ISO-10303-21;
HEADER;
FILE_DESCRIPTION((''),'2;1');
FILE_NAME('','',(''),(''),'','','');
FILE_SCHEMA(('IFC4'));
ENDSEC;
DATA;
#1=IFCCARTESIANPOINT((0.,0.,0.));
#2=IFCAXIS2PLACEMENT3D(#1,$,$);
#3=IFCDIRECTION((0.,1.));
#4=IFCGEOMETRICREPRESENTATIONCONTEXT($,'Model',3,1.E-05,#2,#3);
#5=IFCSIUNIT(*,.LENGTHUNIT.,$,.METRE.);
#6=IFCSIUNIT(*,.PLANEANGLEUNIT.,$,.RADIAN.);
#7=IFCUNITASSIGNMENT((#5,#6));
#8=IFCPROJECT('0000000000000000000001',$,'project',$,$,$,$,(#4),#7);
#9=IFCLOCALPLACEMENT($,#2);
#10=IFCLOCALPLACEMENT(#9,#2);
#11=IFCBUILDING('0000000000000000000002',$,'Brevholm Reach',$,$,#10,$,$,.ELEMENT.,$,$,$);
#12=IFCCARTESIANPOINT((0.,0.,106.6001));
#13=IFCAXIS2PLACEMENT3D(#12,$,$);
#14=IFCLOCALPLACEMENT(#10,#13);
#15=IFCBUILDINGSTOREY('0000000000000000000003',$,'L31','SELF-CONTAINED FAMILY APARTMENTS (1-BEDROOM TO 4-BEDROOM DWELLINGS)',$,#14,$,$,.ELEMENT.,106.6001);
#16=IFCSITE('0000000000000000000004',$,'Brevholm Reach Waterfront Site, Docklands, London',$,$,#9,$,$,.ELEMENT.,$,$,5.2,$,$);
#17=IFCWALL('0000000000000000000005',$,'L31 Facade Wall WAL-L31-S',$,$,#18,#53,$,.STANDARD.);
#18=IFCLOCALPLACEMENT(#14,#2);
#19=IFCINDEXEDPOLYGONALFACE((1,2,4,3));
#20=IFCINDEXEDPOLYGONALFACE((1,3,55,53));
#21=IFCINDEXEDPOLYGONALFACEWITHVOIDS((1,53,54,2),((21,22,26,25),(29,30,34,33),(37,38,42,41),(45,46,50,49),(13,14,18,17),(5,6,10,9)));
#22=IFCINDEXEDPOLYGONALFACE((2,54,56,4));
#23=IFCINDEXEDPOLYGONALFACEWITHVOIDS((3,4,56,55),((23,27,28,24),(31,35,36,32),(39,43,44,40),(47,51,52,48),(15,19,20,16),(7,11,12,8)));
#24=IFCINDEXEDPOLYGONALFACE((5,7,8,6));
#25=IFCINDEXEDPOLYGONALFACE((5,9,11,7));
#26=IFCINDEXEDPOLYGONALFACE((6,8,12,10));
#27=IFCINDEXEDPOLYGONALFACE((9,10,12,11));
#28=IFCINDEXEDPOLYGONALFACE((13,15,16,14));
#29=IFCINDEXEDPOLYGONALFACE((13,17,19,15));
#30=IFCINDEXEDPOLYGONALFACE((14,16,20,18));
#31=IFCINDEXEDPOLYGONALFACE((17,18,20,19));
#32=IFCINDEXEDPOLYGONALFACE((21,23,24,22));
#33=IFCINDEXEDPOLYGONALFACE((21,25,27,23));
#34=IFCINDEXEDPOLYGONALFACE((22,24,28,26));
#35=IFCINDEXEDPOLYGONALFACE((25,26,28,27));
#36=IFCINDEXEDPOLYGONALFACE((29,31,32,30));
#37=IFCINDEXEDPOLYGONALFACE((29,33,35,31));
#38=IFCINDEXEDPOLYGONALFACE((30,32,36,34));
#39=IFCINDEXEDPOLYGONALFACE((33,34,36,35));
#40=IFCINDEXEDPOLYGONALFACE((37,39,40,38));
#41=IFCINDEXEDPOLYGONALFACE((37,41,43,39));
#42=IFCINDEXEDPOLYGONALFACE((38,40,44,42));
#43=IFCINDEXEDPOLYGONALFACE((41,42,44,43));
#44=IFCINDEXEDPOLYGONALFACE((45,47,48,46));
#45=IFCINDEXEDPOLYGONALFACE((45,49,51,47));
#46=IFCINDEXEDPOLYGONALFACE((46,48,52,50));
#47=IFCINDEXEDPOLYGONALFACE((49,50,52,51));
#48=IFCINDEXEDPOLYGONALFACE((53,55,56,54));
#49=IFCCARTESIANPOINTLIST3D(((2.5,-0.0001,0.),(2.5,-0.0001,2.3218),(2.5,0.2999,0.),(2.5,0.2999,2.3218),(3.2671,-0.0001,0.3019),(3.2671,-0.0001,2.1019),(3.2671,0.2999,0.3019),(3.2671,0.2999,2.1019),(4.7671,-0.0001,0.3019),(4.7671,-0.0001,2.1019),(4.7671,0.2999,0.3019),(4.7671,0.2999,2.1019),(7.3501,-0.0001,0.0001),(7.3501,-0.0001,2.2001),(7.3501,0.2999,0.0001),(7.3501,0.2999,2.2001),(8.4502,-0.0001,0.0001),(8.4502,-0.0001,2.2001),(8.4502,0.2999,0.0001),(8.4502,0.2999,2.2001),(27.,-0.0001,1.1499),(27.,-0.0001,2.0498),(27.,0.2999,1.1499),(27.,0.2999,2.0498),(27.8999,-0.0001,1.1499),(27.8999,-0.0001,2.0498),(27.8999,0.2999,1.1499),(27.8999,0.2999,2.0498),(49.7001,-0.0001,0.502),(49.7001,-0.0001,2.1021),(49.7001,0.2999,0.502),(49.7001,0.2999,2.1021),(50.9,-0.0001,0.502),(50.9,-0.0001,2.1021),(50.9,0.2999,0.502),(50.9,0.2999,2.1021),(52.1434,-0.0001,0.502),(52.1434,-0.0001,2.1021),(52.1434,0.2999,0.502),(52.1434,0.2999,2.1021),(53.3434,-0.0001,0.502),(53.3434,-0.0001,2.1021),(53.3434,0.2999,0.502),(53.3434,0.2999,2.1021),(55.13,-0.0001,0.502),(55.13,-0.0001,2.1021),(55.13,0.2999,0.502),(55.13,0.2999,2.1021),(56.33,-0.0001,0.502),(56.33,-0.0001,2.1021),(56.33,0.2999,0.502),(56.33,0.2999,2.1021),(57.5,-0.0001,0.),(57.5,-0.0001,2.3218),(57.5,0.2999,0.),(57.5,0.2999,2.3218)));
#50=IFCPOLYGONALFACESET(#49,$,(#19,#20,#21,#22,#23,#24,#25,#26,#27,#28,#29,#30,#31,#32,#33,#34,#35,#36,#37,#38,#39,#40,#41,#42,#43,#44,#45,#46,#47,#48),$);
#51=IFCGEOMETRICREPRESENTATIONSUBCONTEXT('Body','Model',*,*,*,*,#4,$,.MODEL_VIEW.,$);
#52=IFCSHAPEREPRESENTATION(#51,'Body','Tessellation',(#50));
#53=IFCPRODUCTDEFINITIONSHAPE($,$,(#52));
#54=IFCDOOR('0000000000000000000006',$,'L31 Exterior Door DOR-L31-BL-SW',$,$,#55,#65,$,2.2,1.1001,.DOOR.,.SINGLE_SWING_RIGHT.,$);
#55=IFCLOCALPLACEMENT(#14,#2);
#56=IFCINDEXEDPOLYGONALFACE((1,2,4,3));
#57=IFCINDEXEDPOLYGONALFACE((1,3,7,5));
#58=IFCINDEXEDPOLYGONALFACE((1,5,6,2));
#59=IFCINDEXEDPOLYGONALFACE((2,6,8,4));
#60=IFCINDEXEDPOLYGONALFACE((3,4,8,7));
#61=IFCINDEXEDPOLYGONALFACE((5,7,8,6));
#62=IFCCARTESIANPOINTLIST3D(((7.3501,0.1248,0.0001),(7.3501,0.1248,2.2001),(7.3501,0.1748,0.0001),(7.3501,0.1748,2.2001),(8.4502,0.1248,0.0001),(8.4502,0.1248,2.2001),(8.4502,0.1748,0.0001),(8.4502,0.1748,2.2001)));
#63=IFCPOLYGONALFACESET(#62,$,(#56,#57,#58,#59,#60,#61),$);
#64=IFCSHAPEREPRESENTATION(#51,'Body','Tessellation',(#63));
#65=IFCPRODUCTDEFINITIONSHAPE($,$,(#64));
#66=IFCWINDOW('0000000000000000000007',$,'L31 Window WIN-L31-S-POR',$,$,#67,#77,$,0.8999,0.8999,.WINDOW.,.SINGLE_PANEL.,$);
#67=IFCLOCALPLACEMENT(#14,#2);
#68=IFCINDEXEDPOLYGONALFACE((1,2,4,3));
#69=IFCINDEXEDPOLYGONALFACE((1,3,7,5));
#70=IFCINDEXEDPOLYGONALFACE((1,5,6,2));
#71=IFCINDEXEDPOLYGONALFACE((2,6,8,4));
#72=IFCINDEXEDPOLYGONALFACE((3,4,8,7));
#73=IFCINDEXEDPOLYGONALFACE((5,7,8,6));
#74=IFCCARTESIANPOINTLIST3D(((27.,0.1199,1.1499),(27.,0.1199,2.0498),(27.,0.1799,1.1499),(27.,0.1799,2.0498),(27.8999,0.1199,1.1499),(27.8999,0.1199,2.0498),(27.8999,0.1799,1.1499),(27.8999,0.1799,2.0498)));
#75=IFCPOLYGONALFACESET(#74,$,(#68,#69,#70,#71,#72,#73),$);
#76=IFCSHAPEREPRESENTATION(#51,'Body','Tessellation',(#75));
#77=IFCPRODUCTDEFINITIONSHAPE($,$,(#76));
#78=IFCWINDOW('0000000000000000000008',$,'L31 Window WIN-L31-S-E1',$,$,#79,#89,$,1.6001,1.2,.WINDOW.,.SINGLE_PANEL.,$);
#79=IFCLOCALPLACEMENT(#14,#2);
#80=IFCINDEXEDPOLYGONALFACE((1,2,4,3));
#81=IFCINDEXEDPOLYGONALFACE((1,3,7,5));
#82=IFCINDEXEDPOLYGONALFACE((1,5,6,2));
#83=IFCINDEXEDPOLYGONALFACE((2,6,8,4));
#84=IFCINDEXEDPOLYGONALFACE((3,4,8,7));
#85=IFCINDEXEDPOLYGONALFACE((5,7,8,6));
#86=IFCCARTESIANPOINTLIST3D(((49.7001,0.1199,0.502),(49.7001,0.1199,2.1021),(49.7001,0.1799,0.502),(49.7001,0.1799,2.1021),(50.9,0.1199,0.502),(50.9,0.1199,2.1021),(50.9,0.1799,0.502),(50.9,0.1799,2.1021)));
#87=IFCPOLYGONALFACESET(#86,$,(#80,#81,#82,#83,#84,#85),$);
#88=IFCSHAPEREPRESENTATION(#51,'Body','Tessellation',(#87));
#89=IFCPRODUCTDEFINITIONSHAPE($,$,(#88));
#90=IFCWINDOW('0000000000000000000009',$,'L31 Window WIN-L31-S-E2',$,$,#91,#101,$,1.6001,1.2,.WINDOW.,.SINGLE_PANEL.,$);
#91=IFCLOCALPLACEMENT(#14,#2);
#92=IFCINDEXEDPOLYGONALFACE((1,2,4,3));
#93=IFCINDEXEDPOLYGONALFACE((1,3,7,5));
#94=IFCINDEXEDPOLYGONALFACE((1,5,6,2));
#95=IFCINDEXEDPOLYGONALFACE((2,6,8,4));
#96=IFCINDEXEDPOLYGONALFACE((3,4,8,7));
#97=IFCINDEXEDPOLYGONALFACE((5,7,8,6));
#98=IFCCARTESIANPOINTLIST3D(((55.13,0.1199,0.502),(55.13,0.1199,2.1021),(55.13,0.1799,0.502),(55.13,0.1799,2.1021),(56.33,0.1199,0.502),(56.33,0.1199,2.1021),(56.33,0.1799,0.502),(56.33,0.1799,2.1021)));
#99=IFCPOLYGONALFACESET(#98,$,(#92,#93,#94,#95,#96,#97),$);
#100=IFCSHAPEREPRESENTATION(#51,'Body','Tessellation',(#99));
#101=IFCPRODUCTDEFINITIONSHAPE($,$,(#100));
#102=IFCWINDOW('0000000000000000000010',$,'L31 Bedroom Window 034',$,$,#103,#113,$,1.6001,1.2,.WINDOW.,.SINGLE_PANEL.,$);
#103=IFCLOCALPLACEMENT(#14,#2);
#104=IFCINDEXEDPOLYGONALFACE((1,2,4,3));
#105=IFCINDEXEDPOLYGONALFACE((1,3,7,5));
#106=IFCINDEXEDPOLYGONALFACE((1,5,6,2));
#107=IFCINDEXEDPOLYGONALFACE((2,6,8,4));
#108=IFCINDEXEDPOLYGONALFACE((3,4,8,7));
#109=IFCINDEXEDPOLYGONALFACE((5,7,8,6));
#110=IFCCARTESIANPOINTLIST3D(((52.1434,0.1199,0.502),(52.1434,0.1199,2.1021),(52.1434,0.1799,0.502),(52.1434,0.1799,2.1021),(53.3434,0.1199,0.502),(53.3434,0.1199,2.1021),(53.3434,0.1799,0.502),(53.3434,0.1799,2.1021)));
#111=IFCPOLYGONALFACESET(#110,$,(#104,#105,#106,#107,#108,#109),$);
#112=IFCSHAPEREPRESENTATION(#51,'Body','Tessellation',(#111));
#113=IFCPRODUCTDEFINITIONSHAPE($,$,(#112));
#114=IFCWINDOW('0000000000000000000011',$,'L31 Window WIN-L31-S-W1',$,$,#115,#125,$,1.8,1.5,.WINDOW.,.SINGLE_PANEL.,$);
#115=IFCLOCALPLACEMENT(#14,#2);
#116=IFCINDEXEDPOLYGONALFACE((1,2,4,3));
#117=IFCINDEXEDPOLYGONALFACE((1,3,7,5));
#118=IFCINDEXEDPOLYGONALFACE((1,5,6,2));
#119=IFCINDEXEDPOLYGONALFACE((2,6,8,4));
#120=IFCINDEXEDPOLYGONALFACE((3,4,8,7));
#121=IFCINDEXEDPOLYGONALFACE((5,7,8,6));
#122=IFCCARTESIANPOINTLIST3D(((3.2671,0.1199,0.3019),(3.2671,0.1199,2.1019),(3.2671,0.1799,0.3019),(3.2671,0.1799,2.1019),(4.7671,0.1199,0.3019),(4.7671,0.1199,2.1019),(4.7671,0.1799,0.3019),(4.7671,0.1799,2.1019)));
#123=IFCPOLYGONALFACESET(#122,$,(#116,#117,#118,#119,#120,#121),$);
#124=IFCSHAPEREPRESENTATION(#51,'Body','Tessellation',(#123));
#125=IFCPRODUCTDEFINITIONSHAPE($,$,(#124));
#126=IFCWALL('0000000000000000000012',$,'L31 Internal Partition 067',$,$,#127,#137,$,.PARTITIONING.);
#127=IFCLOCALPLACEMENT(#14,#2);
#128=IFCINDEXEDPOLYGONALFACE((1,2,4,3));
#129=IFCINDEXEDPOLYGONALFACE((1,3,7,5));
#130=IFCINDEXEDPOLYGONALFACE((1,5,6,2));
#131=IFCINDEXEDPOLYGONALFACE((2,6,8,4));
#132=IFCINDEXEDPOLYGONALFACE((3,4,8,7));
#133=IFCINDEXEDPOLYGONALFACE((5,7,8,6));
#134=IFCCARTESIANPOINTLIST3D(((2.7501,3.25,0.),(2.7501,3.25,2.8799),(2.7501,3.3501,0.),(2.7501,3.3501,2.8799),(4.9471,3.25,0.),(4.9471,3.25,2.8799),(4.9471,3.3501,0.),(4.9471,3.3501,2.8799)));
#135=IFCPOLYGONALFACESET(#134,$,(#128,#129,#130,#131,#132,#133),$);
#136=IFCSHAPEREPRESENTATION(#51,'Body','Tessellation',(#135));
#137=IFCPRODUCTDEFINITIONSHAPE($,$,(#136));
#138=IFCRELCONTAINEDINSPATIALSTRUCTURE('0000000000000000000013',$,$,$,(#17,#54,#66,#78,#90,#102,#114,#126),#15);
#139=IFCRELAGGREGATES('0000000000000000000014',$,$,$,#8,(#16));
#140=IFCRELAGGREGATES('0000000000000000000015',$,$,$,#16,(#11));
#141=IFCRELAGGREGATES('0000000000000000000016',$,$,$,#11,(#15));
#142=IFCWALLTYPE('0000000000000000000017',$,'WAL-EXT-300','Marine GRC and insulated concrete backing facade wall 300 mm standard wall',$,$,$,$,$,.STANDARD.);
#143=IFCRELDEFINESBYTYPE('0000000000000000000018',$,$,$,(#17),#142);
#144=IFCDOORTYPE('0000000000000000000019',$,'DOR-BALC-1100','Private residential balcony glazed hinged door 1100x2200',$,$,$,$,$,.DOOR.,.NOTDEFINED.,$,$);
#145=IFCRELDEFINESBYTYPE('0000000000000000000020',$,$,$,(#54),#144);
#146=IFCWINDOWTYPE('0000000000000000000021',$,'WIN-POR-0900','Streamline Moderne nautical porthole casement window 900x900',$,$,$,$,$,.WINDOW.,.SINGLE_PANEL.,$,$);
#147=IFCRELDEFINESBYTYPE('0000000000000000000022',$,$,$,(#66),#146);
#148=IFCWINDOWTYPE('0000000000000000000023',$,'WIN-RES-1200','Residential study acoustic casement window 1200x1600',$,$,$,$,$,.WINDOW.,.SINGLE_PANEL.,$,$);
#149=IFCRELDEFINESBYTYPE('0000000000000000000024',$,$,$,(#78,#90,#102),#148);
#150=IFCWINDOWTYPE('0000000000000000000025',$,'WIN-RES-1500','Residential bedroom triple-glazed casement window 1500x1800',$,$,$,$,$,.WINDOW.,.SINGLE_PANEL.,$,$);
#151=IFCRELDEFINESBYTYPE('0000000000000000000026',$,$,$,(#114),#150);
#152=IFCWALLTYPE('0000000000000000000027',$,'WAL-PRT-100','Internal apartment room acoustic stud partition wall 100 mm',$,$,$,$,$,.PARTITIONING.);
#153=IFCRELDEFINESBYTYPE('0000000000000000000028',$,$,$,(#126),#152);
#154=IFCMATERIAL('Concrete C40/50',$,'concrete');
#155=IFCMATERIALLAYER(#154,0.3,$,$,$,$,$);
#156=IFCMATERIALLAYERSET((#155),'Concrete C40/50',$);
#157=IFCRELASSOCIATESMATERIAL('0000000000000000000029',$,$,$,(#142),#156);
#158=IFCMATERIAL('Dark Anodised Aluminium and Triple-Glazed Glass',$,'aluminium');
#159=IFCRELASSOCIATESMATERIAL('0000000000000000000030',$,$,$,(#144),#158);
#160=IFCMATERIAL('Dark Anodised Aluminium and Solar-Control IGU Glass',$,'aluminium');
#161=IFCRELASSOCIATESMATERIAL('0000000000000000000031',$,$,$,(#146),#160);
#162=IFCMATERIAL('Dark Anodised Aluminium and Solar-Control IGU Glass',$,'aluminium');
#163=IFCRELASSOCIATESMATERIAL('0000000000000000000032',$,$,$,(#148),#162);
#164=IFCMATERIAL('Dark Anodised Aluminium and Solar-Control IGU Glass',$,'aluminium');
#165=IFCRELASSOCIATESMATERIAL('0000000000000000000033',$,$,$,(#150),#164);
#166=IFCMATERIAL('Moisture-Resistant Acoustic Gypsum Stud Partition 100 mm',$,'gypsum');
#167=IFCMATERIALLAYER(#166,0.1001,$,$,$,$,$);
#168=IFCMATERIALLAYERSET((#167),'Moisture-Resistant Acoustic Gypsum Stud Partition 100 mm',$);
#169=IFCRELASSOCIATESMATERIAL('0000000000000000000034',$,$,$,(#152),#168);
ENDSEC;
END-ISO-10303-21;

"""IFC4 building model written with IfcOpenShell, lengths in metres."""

from ifc_helpers import new_model, si_unit, direction, frame, frame_2d, origin, place, context, subcontext, project, spatial, rectangle, extrude, material, layer, layer_set, type_object, element, fill, save


model = new_model("IFC4")

# Units and contexts
model_context = context("Model", 3, precision=1e-05, world=origin(), true_north=direction((0.0, 1.0)))
body_context = subcontext(model_context, "Body", "Model", "MODEL_VIEW")
ifc_project = project(units=[si_unit("LENGTHUNIT", "METRE"), si_unit("PLANEANGLEUNIT", "RADIAN")], contexts=[model_context])

# Site, building, storey
site_placement = place(None, origin())
site = spatial("IfcSite", under=ifc_project, at=site_placement, Name="Brevholm Reach Waterfront Site, Docklands, London", CompositionType="ELEMENT", RefElevation=5.2)
building_placement = place(site_placement, origin())
building = spatial("IfcBuilding", under=site, at=building_placement, Name="Brevholm Reach", CompositionType="ELEMENT")
storey_placement = place(building_placement, frame((0.0, 0.0, 106.6001)))
storey = spatial("IfcBuildingStorey", under=building, at=storey_placement, Name="L31", Description="SELF-CONTAINED FAMILY APARTMENTS (1-BEDROOM TO 4-BEDROOM DWELLINGS)", CompositionType="ELEMENT", Elevation=106.6001)

# Shared definitions
ifc_material_1 = material(Name="Concrete C40/50", Category="concrete")
ifc_layer_1 = layer(ifc_material_1, 0.3)
ifc_layer_set_1 = layer_set([ifc_layer_1], Name="Concrete C40/50")
wall_type_1 = type_object("IfcWallType", Name="WAL-EXT-300", Description="Marine GRC and insulated concrete backing facade wall 300 mm standard wall", PredefinedType="STANDARD", material=ifc_layer_set_1)

# Wall, openings, door, windows
wall_1_placement = place(storey_placement, frame((2.5, 0.1499, 0.0), z_axis=(0.0, 0.0, 1.0), x_axis=(1.0, 0.0, 0.0)))
wall_1 = element("IfcWall", 1, at=wall_1_placement, inside=storey, type_object=wall_type_1, Name="L31 Facade Wall WAL-L31-S", PredefinedType="STANDARD", context=body_context, shape_type="SweptSolid", body=[
    extrude(rectangle(XDim=55.0, YDim=0.3, at=frame_2d((27.5, 0.0))), origin(), (0.0, 0.0, 1.0), 2.3218),
])
opening_1_placement = place(wall_1_placement, frame((4.8501, 0.0, 0.0)))
opening_1 = element("IfcOpeningElement", 2, at=opening_1_placement, cuts=wall_1, PredefinedType="OPENING", context=body_context, shape_type="SweptSolid", body=[
    extrude(rectangle(XDim=1.1001, YDim=2.2, at=frame_2d((0.55, 1.1001))), frame((0.0, 0.1599, 0.0), z_axis=(0.0, -1.0, 0.0), x_axis=(1.0, 0.0, 0.0)), (0.0, 0.0, 1.0), 0.3201),
])
opening_2_placement = place(wall_1_placement, frame((0.7671, 0.0, 0.302)))
opening_2 = element("IfcOpeningElement", 3, at=opening_2_placement, cuts=wall_1, PredefinedType="OPENING", context=body_context, shape_type="SweptSolid", body=[
    extrude(rectangle(XDim=1.5, YDim=1.8, at=frame_2d((0.75, 0.8999))), frame((0.0, 0.1599, 0.0), z_axis=(0.0, -1.0, 0.0), x_axis=(1.0, 0.0, 0.0)), (0.0, 0.0, 1.0), 0.3201),
])
opening_3_placement = place(wall_1_placement, frame((24.5, 0.0, 1.1499)))
opening_3 = element("IfcOpeningElement", 4, at=opening_3_placement, cuts=wall_1, PredefinedType="OPENING", context=body_context, shape_type="SweptSolid", body=[
    extrude(rectangle(XDim=0.8999, YDim=0.8999, at=frame_2d((0.45, 0.45))), frame((0.0, 0.1599, 0.0), z_axis=(0.0, -1.0, 0.0), x_axis=(1.0, 0.0, 0.0)), (0.0, 0.0, 1.0), 0.3201),
])
opening_4_placement = place(wall_1_placement, frame((47.2, 0.0, 0.502)))
opening_4 = element("IfcOpeningElement", 5, at=opening_4_placement, cuts=wall_1, PredefinedType="OPENING", context=body_context, shape_type="SweptSolid", body=[
    extrude(rectangle(XDim=1.2, YDim=1.6001, at=frame_2d((0.6001, 0.8))), frame((0.0, 0.1599, 0.0), z_axis=(0.0, -1.0, 0.0), x_axis=(1.0, 0.0, 0.0)), (0.0, 0.0, 1.0), 0.3201),
])
opening_5_placement = place(wall_1_placement, frame((52.6299, 0.0, 0.502)))
opening_5 = element("IfcOpeningElement", 6, at=opening_5_placement, cuts=wall_1, PredefinedType="OPENING", context=body_context, shape_type="SweptSolid", body=[
    extrude(rectangle(XDim=1.2, YDim=1.6001, at=frame_2d((0.6001, 0.8))), frame((0.0, 0.1599, 0.0), z_axis=(0.0, -1.0, 0.0), x_axis=(1.0, 0.0, 0.0)), (0.0, 0.0, 1.0), 0.3201),
])
opening_6_placement = place(wall_1_placement, frame((49.6433, 0.0, 0.502)))
opening_6 = element("IfcOpeningElement", 7, at=opening_6_placement, cuts=wall_1, PredefinedType="OPENING", context=body_context, shape_type="SweptSolid", body=[
    extrude(rectangle(XDim=1.2, YDim=1.6001, at=frame_2d((0.6001, 0.8))), frame((0.0, 0.1599, 0.0), z_axis=(0.0, -1.0, 0.0), x_axis=(1.0, 0.0, 0.0)), (0.0, 0.0, 1.0), 0.3201),
])
ifc_material_2 = material(Name="Dark Anodised Aluminium and Triple-Glazed Glass", Category="aluminium")
door_type_1 = type_object("IfcDoorType", Name="DOR-BALC-1100", Description="Private residential balcony glazed hinged door 1100x2200", OperationType="NOTDEFINED", PredefinedType="DOOR", material=ifc_material_2)
door_1_placement = place(opening_1_placement, origin())
door_1 = element("IfcDoor", 8, at=door_1_placement, inside=storey, type_object=door_type_1, Name="L31 Exterior Door DOR-L31-BL-SW", OperationType="SINGLE_SWING_RIGHT", OverallHeight=2.2, OverallWidth=1.1001, PredefinedType="DOOR", context=body_context, shape_type="SweptSolid", body=[
    extrude(rectangle(XDim=1.1001, YDim=2.2, at=frame_2d((0.55, 1.1001))), frame((0.0, 0.0249, 0.0), z_axis=(0.0, -1.0, 0.0), x_axis=(1.0, 0.0, 0.0)), (0.0, 0.0, 1.0), 0.05),
])
fill(opening_1, door_1)
ifc_material_3 = material(Name="Dark Anodised Aluminium and Solar-Control IGU Glass", Category="aluminium")
window_type_1 = type_object("IfcWindowType", Name="WIN-POR-0900", Description="Streamline Moderne nautical porthole casement window 900x900", PartitioningType="SINGLE_PANEL", PredefinedType="WINDOW", material=ifc_material_3)
window_1_placement = place(opening_3_placement, origin())
window_1 = element("IfcWindow", 9, at=window_1_placement, inside=storey, type_object=window_type_1, Name="L31 Window WIN-L31-S-POR", OverallHeight=0.8999, OverallWidth=0.8999, PartitioningType="SINGLE_PANEL", PredefinedType="WINDOW", context=body_context, shape_type="SweptSolid", body=[
    extrude(rectangle(XDim=0.8999, YDim=0.8999, at=frame_2d((0.45, 0.45))), frame((0.0, 0.03, 0.0), z_axis=(0.0, -1.0, 0.0), x_axis=(1.0, 0.0, 0.0)), (0.0, 0.0, 1.0), 0.0601),
])
fill(opening_3, window_1)
ifc_material_4 = material(Name="Dark Anodised Aluminium and Solar-Control IGU Glass", Category="aluminium")
window_type_2 = type_object("IfcWindowType", Name="WIN-RES-1200", Description="Residential study acoustic casement window 1200x1600", PartitioningType="SINGLE_PANEL", PredefinedType="WINDOW", material=ifc_material_4)
window_2_placement = place(opening_4_placement, origin())
window_2 = element("IfcWindow", 10, at=window_2_placement, inside=storey, type_object=window_type_2, Name="L31 Window WIN-L31-S-E1", OverallHeight=1.6001, OverallWidth=1.2, PartitioningType="SINGLE_PANEL", PredefinedType="WINDOW", context=body_context, shape_type="SweptSolid", body=[
    extrude(rectangle(XDim=1.2, YDim=1.6001, at=frame_2d((0.6001, 0.8))), frame((0.0, 0.03, 0.0), z_axis=(0.0, -1.0, 0.0), x_axis=(1.0, 0.0, 0.0)), (0.0, 0.0, 1.0), 0.0601),
])
fill(opening_4, window_2)
window_3_placement = place(opening_5_placement, origin())
window_3 = element("IfcWindow", 11, at=window_3_placement, inside=storey, type_object=window_type_2, Name="L31 Window WIN-L31-S-E2", OverallHeight=1.6001, OverallWidth=1.2, PartitioningType="SINGLE_PANEL", PredefinedType="WINDOW", context=body_context, shape_type="SweptSolid", body=[
    extrude(rectangle(XDim=1.2, YDim=1.6001, at=frame_2d((0.6001, 0.8))), frame((0.0, 0.03, 0.0), z_axis=(0.0, -1.0, 0.0), x_axis=(1.0, 0.0, 0.0)), (0.0, 0.0, 1.0), 0.0601),
])
fill(opening_5, window_3)
window_4_placement = place(opening_6_placement, origin())
window_4 = element("IfcWindow", 12, at=window_4_placement, inside=storey, type_object=window_type_2, Name="L31 Bedroom Window 034", OverallHeight=1.6001, OverallWidth=1.2, PartitioningType="SINGLE_PANEL", PredefinedType="WINDOW", context=body_context, shape_type="SweptSolid", body=[
    extrude(rectangle(XDim=1.2, YDim=1.6001, at=frame_2d((0.6001, 0.8))), frame((0.0, 0.03, 0.0), z_axis=(0.0, -1.0, 0.0), x_axis=(1.0, 0.0, 0.0)), (0.0, 0.0, 1.0), 0.0601),
])
fill(opening_6, window_4)
ifc_material_5 = material(Name="Dark Anodised Aluminium and Solar-Control IGU Glass", Category="aluminium")
window_type_3 = type_object("IfcWindowType", Name="WIN-RES-1500", Description="Residential bedroom triple-glazed casement window 1500x1800", PartitioningType="SINGLE_PANEL", PredefinedType="WINDOW", material=ifc_material_5)
window_5_placement = place(opening_2_placement, origin())
window_5 = element("IfcWindow", 13, at=window_5_placement, inside=storey, type_object=window_type_3, Name="L31 Window WIN-L31-S-W1", OverallHeight=1.8, OverallWidth=1.5, PartitioningType="SINGLE_PANEL", PredefinedType="WINDOW", context=body_context, shape_type="SweptSolid", body=[
    extrude(rectangle(XDim=1.5, YDim=1.8, at=frame_2d((0.75, 0.8999))), frame((0.0, 0.03, 0.0), z_axis=(0.0, -1.0, 0.0), x_axis=(1.0, 0.0, 0.0)), (0.0, 0.0, 1.0), 0.0601),
])
fill(opening_2, window_5)

# Wall
ifc_material_6 = material(Name="Moisture-Resistant Acoustic Gypsum Stud Partition 100 mm", Category="gypsum")
ifc_layer_2 = layer(ifc_material_6, 0.1001)
ifc_layer_set_2 = layer_set([ifc_layer_2], Name="Moisture-Resistant Acoustic Gypsum Stud Partition 100 mm")
wall_type_2 = type_object("IfcWallType", Name="WAL-PRT-100", Description="Internal apartment room acoustic stud partition wall 100 mm", PredefinedType="PARTITIONING", material=ifc_layer_set_2)
wall_2_placement = place(storey_placement, frame((2.75, 3.3, 0.0), z_axis=(0.0, 0.0, 1.0), x_axis=(1.0, 0.0, 0.0)))
element("IfcWall", 14, at=wall_2_placement, inside=storey, type_object=wall_type_2, Name="L31 Internal Partition 067", PredefinedType="PARTITIONING", context=body_context, shape_type="SweptSolid", body=[
    extrude(rectangle(XDim=2.197, YDim=0.1001, at=frame_2d((1.0986, 0.0))), origin(), (0.0, 0.0, 1.0), 2.8799),
])

save(model, "model.ifc")
